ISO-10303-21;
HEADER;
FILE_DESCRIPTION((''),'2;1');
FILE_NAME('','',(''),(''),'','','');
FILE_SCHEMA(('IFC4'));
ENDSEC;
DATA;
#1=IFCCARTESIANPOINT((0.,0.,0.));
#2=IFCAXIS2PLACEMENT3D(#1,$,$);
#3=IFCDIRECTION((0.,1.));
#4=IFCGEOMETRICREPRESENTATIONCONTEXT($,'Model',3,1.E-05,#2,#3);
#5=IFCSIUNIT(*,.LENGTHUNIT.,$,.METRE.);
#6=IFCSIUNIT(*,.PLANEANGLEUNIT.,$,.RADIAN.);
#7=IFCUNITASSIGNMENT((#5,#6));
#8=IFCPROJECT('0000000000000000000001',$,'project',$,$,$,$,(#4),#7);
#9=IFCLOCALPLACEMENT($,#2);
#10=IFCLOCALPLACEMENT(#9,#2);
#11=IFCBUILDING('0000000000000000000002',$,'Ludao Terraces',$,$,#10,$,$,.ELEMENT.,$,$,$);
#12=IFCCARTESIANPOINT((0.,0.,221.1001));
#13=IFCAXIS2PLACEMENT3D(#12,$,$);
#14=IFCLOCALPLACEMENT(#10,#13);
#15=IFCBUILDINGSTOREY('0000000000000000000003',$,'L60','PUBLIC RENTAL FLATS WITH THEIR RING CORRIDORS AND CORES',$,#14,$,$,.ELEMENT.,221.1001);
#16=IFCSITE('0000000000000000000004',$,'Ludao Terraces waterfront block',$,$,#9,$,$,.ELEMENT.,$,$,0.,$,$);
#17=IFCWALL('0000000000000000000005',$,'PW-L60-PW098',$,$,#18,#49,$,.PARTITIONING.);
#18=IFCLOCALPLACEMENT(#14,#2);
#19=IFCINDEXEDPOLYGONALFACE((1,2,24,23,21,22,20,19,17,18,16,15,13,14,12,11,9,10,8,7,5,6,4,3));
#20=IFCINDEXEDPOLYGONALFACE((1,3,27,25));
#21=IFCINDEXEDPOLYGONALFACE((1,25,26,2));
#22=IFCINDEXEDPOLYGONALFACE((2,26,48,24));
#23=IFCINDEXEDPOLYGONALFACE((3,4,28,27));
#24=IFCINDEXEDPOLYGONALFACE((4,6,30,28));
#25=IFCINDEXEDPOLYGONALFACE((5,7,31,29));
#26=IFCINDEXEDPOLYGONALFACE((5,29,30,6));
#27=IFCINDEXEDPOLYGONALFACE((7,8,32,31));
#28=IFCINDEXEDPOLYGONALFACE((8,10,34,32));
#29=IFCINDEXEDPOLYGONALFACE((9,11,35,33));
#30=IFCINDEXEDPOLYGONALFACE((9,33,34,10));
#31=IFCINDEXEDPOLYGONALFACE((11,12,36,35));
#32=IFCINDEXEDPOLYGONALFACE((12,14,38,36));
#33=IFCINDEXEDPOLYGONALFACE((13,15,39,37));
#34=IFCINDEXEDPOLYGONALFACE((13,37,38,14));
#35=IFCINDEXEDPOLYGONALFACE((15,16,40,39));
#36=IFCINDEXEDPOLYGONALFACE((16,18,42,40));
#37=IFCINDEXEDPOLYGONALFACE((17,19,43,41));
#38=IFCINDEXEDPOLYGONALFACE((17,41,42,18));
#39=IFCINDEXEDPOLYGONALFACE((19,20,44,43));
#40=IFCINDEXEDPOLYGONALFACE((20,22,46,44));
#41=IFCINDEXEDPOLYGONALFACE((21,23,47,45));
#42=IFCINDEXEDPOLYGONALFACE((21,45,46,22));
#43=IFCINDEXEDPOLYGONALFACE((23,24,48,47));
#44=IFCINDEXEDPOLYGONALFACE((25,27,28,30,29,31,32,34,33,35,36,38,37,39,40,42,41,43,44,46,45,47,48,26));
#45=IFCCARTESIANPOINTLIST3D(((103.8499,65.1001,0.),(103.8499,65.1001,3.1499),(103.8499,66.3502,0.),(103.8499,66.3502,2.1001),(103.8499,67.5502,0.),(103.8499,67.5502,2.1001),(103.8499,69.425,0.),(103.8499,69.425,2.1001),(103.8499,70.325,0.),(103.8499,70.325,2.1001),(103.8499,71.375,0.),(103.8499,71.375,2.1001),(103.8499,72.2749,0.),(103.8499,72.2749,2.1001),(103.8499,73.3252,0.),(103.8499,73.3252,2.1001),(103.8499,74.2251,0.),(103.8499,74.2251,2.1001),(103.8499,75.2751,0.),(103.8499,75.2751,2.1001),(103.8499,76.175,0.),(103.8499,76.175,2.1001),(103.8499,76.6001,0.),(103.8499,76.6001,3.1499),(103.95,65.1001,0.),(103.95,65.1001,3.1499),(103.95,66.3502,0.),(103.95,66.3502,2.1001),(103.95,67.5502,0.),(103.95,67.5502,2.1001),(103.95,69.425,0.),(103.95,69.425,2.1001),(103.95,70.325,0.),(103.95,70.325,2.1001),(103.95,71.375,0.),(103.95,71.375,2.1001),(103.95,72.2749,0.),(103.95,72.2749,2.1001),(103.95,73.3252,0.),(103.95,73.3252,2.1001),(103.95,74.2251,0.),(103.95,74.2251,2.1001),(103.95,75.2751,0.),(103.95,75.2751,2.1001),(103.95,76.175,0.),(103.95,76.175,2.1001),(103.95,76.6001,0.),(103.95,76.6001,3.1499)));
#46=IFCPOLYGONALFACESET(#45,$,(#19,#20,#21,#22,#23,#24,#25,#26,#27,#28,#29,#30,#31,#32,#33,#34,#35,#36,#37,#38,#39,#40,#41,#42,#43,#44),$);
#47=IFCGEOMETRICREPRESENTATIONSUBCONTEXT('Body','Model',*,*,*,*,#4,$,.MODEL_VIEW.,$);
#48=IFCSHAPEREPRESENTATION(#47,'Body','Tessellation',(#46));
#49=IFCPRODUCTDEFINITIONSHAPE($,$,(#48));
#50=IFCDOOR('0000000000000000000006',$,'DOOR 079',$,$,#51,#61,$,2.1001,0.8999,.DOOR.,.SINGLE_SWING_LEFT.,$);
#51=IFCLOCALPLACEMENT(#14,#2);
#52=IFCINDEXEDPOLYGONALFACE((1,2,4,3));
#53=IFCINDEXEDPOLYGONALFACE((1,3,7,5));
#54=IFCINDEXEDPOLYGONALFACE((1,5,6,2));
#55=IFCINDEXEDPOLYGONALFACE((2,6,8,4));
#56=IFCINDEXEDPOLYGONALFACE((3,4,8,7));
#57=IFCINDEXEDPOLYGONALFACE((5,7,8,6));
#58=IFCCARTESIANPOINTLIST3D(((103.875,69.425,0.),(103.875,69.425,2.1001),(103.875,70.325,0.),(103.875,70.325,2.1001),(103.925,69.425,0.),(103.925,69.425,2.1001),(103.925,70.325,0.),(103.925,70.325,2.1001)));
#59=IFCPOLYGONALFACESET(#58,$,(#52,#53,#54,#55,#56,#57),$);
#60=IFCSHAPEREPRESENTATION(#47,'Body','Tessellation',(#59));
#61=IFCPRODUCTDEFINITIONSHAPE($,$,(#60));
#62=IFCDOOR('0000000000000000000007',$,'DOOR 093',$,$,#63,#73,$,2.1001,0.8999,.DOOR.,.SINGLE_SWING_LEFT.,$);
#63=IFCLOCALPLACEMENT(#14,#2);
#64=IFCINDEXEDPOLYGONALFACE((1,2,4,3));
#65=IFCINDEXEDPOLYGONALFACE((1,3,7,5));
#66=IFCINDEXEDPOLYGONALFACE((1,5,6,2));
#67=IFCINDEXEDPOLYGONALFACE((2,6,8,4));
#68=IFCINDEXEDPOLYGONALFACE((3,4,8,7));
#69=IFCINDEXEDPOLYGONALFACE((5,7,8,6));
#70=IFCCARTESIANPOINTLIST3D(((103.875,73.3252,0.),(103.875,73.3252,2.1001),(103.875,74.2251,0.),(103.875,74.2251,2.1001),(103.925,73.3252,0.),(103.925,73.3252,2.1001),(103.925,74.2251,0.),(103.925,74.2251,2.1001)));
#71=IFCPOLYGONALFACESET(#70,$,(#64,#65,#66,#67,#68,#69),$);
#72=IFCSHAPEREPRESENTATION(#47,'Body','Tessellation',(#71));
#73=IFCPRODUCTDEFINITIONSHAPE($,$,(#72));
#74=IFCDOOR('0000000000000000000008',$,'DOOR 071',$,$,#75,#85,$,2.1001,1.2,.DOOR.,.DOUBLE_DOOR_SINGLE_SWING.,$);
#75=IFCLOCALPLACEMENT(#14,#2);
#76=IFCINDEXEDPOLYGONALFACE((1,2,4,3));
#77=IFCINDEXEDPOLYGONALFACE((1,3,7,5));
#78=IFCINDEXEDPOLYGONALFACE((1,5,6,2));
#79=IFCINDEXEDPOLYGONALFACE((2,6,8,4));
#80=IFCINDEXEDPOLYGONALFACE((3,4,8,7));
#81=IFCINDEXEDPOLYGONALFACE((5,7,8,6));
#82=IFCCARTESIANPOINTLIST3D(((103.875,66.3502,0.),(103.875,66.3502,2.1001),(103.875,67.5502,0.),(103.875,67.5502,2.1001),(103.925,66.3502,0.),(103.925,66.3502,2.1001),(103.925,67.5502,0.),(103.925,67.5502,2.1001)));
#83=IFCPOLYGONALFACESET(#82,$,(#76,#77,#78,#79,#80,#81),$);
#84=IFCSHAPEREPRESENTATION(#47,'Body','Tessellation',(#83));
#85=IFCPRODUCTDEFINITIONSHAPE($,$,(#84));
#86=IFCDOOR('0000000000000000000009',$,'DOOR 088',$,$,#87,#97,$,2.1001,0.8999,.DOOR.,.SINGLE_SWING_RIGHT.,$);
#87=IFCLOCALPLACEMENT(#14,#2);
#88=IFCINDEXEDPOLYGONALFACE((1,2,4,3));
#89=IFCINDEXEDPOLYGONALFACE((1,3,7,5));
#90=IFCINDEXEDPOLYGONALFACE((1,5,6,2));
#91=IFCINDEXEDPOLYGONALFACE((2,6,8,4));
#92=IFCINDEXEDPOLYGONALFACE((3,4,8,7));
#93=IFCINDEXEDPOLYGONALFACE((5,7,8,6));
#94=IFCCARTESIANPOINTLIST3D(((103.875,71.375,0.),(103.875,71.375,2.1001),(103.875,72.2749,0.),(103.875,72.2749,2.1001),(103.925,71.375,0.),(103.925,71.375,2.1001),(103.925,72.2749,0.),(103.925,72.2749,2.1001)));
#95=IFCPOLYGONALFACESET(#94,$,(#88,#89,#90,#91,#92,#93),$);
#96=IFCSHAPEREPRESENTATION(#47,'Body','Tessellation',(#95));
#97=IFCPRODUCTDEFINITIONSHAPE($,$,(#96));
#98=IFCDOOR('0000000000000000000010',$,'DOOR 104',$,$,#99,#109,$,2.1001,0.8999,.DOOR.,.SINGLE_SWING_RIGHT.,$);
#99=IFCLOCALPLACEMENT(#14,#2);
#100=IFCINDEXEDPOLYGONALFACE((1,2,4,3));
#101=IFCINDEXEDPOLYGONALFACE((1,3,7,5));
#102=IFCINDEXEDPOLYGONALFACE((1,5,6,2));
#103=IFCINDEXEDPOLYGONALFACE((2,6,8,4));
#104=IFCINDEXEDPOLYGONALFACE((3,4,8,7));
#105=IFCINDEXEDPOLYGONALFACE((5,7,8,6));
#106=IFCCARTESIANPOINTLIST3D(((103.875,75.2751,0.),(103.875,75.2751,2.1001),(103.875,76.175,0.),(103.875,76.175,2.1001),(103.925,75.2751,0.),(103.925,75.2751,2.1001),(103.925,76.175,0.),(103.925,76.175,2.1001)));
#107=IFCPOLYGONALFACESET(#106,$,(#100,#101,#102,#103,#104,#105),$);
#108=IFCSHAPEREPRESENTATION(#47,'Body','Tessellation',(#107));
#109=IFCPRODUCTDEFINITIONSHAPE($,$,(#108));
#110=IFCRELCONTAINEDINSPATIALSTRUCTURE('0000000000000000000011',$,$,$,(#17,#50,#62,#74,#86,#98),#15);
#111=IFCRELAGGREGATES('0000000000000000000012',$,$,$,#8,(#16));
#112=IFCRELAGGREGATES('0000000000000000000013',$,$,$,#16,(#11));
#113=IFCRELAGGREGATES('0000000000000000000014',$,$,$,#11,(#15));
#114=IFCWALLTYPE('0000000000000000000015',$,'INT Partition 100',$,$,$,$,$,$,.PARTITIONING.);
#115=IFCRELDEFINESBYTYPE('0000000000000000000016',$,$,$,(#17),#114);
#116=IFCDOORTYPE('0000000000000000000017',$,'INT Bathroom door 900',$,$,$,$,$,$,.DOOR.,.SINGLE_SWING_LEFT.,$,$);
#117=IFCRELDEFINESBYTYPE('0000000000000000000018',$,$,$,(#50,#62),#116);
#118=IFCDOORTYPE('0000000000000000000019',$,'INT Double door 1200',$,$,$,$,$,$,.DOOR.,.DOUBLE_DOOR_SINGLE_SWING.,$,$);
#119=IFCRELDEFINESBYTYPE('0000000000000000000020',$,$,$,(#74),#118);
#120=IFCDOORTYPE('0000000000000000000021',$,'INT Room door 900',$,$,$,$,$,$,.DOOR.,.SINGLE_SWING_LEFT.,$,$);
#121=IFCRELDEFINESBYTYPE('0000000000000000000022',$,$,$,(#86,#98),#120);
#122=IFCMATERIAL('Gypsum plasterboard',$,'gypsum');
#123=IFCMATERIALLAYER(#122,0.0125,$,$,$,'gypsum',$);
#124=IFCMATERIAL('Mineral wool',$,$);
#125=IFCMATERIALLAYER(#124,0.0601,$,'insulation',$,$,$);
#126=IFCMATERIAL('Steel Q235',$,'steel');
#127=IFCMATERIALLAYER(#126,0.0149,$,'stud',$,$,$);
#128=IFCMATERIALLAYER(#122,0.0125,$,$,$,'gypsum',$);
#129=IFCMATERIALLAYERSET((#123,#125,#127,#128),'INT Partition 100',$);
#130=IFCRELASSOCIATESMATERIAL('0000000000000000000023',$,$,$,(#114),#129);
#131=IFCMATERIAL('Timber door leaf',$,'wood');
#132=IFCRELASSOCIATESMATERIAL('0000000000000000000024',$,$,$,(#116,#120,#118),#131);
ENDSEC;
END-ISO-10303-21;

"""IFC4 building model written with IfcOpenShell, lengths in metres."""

from ifc_helpers import new_model, si_unit, direction, frame, frame_2d, origin, place, context, subcontext, project, spatial, rectangle, extrude, material, layer, layer_set, type_object, element, fill, save


model = new_model("IFC4")

# Units and contexts
model_context = context("Model", 3, precision=1e-05, world=origin(), true_north=direction((0.0, 1.0)))
body_context = subcontext(model_context, "Body", "Model", "MODEL_VIEW")
ifc_project = project(units=[si_unit("LENGTHUNIT", "METRE"), si_unit("PLANEANGLEUNIT", "RADIAN")], contexts=[model_context])

# Site, building, storey
site_placement = place(None, origin())
site = spatial("IfcSite", under=ifc_project, at=site_placement, Name="Ludao Terraces waterfront block", CompositionType="ELEMENT", RefElevation=0.0)
building_placement = place(site_placement, origin())
building = spatial("IfcBuilding", under=site, at=building_placement, Name="Ludao Terraces", CompositionType="ELEMENT")
storey_placement = place(building_placement, frame((0.0, 0.0, 221.1001)))
storey = spatial("IfcBuildingStorey", under=building, at=storey_placement, Name="L60", Description="PUBLIC RENTAL FLATS WITH THEIR RING CORRIDORS AND CORES", CompositionType="ELEMENT", Elevation=221.1001)

# Shared definitions
ifc_material_1 = material(Name="Mineral wool")

# Shared definitions
ifc_material_2 = material(Name="Gypsum plasterboard", Category="gypsum")
ifc_layer_1 = layer(ifc_material_2, 0.0125, Category="gypsum")
ifc_layer_2 = layer(ifc_material_1, 0.0601, Name="insulation")
ifc_material_3 = material(Name="Steel Q235", Category="steel")
ifc_layer_3 = layer(ifc_material_3, 0.0149, Name="stud")
ifc_layer_4 = layer(ifc_material_2, 0.0125, Category="gypsum")
ifc_layer_set_1 = layer_set([ifc_layer_1, ifc_layer_2, ifc_layer_3, ifc_layer_4], Name="INT Partition 100")
wall_type_1 = type_object("IfcWallType", Name="INT Partition 100", PredefinedType="PARTITIONING", material=ifc_layer_set_1)

# Wall, openings, doors
ifc_material_4 = material(Name="Timber door leaf", Category="wood")
door_type_1 = type_object("IfcDoorType", Name="INT Bathroom door 900", OperationType="SINGLE_SWING_LEFT", PredefinedType="DOOR", material=ifc_material_4)
door_type_2 = type_object("IfcDoorType", Name="INT Room door 900", OperationType="SINGLE_SWING_LEFT", PredefinedType="DOOR", material=ifc_material_4)
wall_1_placement = place(storey_placement, frame((103.8999, 65.1001, 0.0), z_axis=(0.0, 0.0, 1.0), x_axis=(0.0, 1.0, 0.0)))
wall_1 = element("IfcWall", 1, at=wall_1_placement, inside=storey, type_object=wall_type_1, Name="PW-L60-PW098", PredefinedType="PARTITIONING", context=body_context, shape_type="SweptSolid", body=[
    extrude(rectangle(XDim=11.5, YDim=0.1001, at=frame_2d((5.75, 0.0))), origin(), (0.0, 0.0, 1.0), 3.1499),
])
opening_1_placement = place(wall_1_placement, frame((1.25, 0.0, 0.0)))
opening_1 = element("IfcOpeningElement", 2, at=opening_1_placement, cuts=wall_1, PredefinedType="OPENING", context=body_context, shape_type="SweptSolid", body=[
    extrude(rectangle(XDim=1.2, YDim=2.1001, at=frame_2d((0.6001, 1.05))), frame((0.0, 0.0601, 0.0), z_axis=(0.0, -1.0, 0.0), x_axis=(1.0, 0.0, 0.0)), (0.0, 0.0, 1.0), 0.1201),
])
opening_2_placement = place(wall_1_placement, frame((4.325, 0.0, 0.0)))
opening_2 = element("IfcOpeningElement", 3, at=opening_2_placement, cuts=wall_1, PredefinedType="OPENING", context=body_context, shape_type="SweptSolid", body=[
    extrude(rectangle(XDim=0.8999, YDim=2.1001, at=frame_2d((0.45, 1.05))), frame((0.0, 0.0601, 0.0), z_axis=(0.0, -1.0, 0.0), x_axis=(1.0, 0.0, 0.0)), (0.0, 0.0, 1.0), 0.1201),
])
opening_3_placement = place(wall_1_placement, frame((6.2749, 0.0, 0.0)))
opening_3 = element("IfcOpeningElement", 4, at=opening_3_placement, cuts=wall_1, PredefinedType="OPENING", context=body_context, shape_type="SweptSolid", body=[
    extrude(rectangle(XDim=0.8999, YDim=2.1001, at=frame_2d((0.45, 1.05))), frame((0.0, 0.0601, 0.0), z_axis=(0.0, -1.0, 0.0), x_axis=(1.0, 0.0, 0.0)), (0.0, 0.0, 1.0), 0.1201),
])
opening_4_placement = place(wall_1_placement, frame((8.2251, 0.0, 0.0)))
opening_4 = element("IfcOpeningElement", 5, at=opening_4_placement, cuts=wall_1, PredefinedType="OPENING", context=body_context, shape_type="SweptSolid", body=[
    extrude(rectangle(XDim=0.8999, YDim=2.1001, at=frame_2d((0.45, 1.05))), frame((0.0, 0.0601, 0.0), z_axis=(0.0, -1.0, 0.0), x_axis=(1.0, 0.0, 0.0)), (0.0, 0.0, 1.0), 0.1201),
])
opening_5_placement = place(wall_1_placement, frame((10.175, 0.0, 0.0)))
opening_5 = element("IfcOpeningElement", 6, at=opening_5_placement, cuts=wall_1, PredefinedType="OPENING", context=body_context, shape_type="SweptSolid", body=[
    extrude(rectangle(XDim=0.8999, YDim=2.1001, at=frame_2d((0.45, 1.05))), frame((0.0, 0.0601, 0.0), z_axis=(0.0, -1.0, 0.0), x_axis=(1.0, 0.0, 0.0)), (0.0, 0.0, 1.0), 0.1201),
])
door_1_placement = place(opening_2_placement, origin())
door_1 = element("IfcDoor", 7, at=door_1_placement, inside=storey, type_object=door_type_1, Name="DOOR 079", OperationType="SINGLE_SWING_LEFT", OverallHeight=2.1001, OverallWidth=0.8999, PredefinedType="DOOR", context=body_context, shape_type="SweptSolid", body=[
    extrude(rectangle(XDim=0.8999, YDim=2.1001, at=frame_2d((0.45, 1.05))), frame((0.0, 0.0249, 0.0), z_axis=(0.0, -1.0, 0.0), x_axis=(1.0, 0.0, 0.0)), (0.0, 0.0, 1.0), 0.05),
])
fill(opening_2, door_1)
door_2_placement = place(opening_4_placement, origin())
door_2 = element("IfcDoor", 8, at=door_2_placement, inside=storey, type_object=door_type_1, Name="DOOR 093", OperationType="SINGLE_SWING_LEFT", OverallHeight=2.1001, OverallWidth=0.8999, PredefinedType="DOOR", context=body_context, shape_type="SweptSolid", body=[
    extrude(rectangle(XDim=0.8999, YDim=2.1001, at=frame_2d((0.45, 1.05))), frame((0.0, 0.0249, 0.0), z_axis=(0.0, -1.0, 0.0), x_axis=(1.0, 0.0, 0.0)), (0.0, 0.0, 1.0), 0.05),
])
fill(opening_4, door_2)
door_type_3 = type_object("IfcDoorType", Name="INT Double door 1200", OperationType="DOUBLE_DOOR_SINGLE_SWING", PredefinedType="DOOR", material=ifc_material_4)
door_3_placement = place(opening_1_placement, origin())
door_3 = element("IfcDoor", 9, at=door_3_placement, inside=storey, type_object=door_type_3, Name="DOOR 071", OperationType="DOUBLE_DOOR_SINGLE_SWING", OverallHeight=2.1001, OverallWidth=1.2, PredefinedType="DOOR", context=body_context, shape_type="SweptSolid", body=[
    extrude(rectangle(XDim=1.2, YDim=2.1001, at=frame_2d((0.6001, 1.05))), frame((0.0, 0.0249, 0.0), z_axis=(0.0, -1.0, 0.0), x_axis=(1.0, 0.0, 0.0)), (0.0, 0.0, 1.0), 0.05),
])
fill(opening_1, door_3)
door_4_placement = place(opening_3_placement, origin())
door_4 = element("IfcDoor", 10, at=door_4_placement, inside=storey, type_object=door_type_2, Name="DOOR 088", OperationType="SINGLE_SWING_RIGHT", OverallHeight=2.1001, OverallWidth=0.8999, PredefinedType="DOOR", context=body_context, shape_type="SweptSolid", body=[
    extrude(rectangle(XDim=0.8999, YDim=2.1001, at=frame_2d((0.45, 1.05))), frame((0.0, 0.0249, 0.0), z_axis=(0.0, -1.0, 0.0), x_axis=(1.0, 0.0, 0.0)), (0.0, 0.0, 1.0), 0.05),
])
fill(opening_3, door_4)
door_5_placement = place(opening_5_placement, origin())
door_5 = element("IfcDoor", 11, at=door_5_placement, inside=storey, type_object=door_type_2, Name="DOOR 104", OperationType="SINGLE_SWING_RIGHT", OverallHeight=2.1001, OverallWidth=0.8999, PredefinedType="DOOR", context=body_context, shape_type="SweptSolid", body=[
    extrude(rectangle(XDim=0.8999, YDim=2.1001, at=frame_2d((0.45, 1.05))), frame((0.0, 0.0249, 0.0), z_axis=(0.0, -1.0, 0.0), x_axis=(1.0, 0.0, 0.0)), (0.0, 0.0, 1.0), 0.05),
])
fill(opening_5, door_5)

save(model, "model.ifc")
